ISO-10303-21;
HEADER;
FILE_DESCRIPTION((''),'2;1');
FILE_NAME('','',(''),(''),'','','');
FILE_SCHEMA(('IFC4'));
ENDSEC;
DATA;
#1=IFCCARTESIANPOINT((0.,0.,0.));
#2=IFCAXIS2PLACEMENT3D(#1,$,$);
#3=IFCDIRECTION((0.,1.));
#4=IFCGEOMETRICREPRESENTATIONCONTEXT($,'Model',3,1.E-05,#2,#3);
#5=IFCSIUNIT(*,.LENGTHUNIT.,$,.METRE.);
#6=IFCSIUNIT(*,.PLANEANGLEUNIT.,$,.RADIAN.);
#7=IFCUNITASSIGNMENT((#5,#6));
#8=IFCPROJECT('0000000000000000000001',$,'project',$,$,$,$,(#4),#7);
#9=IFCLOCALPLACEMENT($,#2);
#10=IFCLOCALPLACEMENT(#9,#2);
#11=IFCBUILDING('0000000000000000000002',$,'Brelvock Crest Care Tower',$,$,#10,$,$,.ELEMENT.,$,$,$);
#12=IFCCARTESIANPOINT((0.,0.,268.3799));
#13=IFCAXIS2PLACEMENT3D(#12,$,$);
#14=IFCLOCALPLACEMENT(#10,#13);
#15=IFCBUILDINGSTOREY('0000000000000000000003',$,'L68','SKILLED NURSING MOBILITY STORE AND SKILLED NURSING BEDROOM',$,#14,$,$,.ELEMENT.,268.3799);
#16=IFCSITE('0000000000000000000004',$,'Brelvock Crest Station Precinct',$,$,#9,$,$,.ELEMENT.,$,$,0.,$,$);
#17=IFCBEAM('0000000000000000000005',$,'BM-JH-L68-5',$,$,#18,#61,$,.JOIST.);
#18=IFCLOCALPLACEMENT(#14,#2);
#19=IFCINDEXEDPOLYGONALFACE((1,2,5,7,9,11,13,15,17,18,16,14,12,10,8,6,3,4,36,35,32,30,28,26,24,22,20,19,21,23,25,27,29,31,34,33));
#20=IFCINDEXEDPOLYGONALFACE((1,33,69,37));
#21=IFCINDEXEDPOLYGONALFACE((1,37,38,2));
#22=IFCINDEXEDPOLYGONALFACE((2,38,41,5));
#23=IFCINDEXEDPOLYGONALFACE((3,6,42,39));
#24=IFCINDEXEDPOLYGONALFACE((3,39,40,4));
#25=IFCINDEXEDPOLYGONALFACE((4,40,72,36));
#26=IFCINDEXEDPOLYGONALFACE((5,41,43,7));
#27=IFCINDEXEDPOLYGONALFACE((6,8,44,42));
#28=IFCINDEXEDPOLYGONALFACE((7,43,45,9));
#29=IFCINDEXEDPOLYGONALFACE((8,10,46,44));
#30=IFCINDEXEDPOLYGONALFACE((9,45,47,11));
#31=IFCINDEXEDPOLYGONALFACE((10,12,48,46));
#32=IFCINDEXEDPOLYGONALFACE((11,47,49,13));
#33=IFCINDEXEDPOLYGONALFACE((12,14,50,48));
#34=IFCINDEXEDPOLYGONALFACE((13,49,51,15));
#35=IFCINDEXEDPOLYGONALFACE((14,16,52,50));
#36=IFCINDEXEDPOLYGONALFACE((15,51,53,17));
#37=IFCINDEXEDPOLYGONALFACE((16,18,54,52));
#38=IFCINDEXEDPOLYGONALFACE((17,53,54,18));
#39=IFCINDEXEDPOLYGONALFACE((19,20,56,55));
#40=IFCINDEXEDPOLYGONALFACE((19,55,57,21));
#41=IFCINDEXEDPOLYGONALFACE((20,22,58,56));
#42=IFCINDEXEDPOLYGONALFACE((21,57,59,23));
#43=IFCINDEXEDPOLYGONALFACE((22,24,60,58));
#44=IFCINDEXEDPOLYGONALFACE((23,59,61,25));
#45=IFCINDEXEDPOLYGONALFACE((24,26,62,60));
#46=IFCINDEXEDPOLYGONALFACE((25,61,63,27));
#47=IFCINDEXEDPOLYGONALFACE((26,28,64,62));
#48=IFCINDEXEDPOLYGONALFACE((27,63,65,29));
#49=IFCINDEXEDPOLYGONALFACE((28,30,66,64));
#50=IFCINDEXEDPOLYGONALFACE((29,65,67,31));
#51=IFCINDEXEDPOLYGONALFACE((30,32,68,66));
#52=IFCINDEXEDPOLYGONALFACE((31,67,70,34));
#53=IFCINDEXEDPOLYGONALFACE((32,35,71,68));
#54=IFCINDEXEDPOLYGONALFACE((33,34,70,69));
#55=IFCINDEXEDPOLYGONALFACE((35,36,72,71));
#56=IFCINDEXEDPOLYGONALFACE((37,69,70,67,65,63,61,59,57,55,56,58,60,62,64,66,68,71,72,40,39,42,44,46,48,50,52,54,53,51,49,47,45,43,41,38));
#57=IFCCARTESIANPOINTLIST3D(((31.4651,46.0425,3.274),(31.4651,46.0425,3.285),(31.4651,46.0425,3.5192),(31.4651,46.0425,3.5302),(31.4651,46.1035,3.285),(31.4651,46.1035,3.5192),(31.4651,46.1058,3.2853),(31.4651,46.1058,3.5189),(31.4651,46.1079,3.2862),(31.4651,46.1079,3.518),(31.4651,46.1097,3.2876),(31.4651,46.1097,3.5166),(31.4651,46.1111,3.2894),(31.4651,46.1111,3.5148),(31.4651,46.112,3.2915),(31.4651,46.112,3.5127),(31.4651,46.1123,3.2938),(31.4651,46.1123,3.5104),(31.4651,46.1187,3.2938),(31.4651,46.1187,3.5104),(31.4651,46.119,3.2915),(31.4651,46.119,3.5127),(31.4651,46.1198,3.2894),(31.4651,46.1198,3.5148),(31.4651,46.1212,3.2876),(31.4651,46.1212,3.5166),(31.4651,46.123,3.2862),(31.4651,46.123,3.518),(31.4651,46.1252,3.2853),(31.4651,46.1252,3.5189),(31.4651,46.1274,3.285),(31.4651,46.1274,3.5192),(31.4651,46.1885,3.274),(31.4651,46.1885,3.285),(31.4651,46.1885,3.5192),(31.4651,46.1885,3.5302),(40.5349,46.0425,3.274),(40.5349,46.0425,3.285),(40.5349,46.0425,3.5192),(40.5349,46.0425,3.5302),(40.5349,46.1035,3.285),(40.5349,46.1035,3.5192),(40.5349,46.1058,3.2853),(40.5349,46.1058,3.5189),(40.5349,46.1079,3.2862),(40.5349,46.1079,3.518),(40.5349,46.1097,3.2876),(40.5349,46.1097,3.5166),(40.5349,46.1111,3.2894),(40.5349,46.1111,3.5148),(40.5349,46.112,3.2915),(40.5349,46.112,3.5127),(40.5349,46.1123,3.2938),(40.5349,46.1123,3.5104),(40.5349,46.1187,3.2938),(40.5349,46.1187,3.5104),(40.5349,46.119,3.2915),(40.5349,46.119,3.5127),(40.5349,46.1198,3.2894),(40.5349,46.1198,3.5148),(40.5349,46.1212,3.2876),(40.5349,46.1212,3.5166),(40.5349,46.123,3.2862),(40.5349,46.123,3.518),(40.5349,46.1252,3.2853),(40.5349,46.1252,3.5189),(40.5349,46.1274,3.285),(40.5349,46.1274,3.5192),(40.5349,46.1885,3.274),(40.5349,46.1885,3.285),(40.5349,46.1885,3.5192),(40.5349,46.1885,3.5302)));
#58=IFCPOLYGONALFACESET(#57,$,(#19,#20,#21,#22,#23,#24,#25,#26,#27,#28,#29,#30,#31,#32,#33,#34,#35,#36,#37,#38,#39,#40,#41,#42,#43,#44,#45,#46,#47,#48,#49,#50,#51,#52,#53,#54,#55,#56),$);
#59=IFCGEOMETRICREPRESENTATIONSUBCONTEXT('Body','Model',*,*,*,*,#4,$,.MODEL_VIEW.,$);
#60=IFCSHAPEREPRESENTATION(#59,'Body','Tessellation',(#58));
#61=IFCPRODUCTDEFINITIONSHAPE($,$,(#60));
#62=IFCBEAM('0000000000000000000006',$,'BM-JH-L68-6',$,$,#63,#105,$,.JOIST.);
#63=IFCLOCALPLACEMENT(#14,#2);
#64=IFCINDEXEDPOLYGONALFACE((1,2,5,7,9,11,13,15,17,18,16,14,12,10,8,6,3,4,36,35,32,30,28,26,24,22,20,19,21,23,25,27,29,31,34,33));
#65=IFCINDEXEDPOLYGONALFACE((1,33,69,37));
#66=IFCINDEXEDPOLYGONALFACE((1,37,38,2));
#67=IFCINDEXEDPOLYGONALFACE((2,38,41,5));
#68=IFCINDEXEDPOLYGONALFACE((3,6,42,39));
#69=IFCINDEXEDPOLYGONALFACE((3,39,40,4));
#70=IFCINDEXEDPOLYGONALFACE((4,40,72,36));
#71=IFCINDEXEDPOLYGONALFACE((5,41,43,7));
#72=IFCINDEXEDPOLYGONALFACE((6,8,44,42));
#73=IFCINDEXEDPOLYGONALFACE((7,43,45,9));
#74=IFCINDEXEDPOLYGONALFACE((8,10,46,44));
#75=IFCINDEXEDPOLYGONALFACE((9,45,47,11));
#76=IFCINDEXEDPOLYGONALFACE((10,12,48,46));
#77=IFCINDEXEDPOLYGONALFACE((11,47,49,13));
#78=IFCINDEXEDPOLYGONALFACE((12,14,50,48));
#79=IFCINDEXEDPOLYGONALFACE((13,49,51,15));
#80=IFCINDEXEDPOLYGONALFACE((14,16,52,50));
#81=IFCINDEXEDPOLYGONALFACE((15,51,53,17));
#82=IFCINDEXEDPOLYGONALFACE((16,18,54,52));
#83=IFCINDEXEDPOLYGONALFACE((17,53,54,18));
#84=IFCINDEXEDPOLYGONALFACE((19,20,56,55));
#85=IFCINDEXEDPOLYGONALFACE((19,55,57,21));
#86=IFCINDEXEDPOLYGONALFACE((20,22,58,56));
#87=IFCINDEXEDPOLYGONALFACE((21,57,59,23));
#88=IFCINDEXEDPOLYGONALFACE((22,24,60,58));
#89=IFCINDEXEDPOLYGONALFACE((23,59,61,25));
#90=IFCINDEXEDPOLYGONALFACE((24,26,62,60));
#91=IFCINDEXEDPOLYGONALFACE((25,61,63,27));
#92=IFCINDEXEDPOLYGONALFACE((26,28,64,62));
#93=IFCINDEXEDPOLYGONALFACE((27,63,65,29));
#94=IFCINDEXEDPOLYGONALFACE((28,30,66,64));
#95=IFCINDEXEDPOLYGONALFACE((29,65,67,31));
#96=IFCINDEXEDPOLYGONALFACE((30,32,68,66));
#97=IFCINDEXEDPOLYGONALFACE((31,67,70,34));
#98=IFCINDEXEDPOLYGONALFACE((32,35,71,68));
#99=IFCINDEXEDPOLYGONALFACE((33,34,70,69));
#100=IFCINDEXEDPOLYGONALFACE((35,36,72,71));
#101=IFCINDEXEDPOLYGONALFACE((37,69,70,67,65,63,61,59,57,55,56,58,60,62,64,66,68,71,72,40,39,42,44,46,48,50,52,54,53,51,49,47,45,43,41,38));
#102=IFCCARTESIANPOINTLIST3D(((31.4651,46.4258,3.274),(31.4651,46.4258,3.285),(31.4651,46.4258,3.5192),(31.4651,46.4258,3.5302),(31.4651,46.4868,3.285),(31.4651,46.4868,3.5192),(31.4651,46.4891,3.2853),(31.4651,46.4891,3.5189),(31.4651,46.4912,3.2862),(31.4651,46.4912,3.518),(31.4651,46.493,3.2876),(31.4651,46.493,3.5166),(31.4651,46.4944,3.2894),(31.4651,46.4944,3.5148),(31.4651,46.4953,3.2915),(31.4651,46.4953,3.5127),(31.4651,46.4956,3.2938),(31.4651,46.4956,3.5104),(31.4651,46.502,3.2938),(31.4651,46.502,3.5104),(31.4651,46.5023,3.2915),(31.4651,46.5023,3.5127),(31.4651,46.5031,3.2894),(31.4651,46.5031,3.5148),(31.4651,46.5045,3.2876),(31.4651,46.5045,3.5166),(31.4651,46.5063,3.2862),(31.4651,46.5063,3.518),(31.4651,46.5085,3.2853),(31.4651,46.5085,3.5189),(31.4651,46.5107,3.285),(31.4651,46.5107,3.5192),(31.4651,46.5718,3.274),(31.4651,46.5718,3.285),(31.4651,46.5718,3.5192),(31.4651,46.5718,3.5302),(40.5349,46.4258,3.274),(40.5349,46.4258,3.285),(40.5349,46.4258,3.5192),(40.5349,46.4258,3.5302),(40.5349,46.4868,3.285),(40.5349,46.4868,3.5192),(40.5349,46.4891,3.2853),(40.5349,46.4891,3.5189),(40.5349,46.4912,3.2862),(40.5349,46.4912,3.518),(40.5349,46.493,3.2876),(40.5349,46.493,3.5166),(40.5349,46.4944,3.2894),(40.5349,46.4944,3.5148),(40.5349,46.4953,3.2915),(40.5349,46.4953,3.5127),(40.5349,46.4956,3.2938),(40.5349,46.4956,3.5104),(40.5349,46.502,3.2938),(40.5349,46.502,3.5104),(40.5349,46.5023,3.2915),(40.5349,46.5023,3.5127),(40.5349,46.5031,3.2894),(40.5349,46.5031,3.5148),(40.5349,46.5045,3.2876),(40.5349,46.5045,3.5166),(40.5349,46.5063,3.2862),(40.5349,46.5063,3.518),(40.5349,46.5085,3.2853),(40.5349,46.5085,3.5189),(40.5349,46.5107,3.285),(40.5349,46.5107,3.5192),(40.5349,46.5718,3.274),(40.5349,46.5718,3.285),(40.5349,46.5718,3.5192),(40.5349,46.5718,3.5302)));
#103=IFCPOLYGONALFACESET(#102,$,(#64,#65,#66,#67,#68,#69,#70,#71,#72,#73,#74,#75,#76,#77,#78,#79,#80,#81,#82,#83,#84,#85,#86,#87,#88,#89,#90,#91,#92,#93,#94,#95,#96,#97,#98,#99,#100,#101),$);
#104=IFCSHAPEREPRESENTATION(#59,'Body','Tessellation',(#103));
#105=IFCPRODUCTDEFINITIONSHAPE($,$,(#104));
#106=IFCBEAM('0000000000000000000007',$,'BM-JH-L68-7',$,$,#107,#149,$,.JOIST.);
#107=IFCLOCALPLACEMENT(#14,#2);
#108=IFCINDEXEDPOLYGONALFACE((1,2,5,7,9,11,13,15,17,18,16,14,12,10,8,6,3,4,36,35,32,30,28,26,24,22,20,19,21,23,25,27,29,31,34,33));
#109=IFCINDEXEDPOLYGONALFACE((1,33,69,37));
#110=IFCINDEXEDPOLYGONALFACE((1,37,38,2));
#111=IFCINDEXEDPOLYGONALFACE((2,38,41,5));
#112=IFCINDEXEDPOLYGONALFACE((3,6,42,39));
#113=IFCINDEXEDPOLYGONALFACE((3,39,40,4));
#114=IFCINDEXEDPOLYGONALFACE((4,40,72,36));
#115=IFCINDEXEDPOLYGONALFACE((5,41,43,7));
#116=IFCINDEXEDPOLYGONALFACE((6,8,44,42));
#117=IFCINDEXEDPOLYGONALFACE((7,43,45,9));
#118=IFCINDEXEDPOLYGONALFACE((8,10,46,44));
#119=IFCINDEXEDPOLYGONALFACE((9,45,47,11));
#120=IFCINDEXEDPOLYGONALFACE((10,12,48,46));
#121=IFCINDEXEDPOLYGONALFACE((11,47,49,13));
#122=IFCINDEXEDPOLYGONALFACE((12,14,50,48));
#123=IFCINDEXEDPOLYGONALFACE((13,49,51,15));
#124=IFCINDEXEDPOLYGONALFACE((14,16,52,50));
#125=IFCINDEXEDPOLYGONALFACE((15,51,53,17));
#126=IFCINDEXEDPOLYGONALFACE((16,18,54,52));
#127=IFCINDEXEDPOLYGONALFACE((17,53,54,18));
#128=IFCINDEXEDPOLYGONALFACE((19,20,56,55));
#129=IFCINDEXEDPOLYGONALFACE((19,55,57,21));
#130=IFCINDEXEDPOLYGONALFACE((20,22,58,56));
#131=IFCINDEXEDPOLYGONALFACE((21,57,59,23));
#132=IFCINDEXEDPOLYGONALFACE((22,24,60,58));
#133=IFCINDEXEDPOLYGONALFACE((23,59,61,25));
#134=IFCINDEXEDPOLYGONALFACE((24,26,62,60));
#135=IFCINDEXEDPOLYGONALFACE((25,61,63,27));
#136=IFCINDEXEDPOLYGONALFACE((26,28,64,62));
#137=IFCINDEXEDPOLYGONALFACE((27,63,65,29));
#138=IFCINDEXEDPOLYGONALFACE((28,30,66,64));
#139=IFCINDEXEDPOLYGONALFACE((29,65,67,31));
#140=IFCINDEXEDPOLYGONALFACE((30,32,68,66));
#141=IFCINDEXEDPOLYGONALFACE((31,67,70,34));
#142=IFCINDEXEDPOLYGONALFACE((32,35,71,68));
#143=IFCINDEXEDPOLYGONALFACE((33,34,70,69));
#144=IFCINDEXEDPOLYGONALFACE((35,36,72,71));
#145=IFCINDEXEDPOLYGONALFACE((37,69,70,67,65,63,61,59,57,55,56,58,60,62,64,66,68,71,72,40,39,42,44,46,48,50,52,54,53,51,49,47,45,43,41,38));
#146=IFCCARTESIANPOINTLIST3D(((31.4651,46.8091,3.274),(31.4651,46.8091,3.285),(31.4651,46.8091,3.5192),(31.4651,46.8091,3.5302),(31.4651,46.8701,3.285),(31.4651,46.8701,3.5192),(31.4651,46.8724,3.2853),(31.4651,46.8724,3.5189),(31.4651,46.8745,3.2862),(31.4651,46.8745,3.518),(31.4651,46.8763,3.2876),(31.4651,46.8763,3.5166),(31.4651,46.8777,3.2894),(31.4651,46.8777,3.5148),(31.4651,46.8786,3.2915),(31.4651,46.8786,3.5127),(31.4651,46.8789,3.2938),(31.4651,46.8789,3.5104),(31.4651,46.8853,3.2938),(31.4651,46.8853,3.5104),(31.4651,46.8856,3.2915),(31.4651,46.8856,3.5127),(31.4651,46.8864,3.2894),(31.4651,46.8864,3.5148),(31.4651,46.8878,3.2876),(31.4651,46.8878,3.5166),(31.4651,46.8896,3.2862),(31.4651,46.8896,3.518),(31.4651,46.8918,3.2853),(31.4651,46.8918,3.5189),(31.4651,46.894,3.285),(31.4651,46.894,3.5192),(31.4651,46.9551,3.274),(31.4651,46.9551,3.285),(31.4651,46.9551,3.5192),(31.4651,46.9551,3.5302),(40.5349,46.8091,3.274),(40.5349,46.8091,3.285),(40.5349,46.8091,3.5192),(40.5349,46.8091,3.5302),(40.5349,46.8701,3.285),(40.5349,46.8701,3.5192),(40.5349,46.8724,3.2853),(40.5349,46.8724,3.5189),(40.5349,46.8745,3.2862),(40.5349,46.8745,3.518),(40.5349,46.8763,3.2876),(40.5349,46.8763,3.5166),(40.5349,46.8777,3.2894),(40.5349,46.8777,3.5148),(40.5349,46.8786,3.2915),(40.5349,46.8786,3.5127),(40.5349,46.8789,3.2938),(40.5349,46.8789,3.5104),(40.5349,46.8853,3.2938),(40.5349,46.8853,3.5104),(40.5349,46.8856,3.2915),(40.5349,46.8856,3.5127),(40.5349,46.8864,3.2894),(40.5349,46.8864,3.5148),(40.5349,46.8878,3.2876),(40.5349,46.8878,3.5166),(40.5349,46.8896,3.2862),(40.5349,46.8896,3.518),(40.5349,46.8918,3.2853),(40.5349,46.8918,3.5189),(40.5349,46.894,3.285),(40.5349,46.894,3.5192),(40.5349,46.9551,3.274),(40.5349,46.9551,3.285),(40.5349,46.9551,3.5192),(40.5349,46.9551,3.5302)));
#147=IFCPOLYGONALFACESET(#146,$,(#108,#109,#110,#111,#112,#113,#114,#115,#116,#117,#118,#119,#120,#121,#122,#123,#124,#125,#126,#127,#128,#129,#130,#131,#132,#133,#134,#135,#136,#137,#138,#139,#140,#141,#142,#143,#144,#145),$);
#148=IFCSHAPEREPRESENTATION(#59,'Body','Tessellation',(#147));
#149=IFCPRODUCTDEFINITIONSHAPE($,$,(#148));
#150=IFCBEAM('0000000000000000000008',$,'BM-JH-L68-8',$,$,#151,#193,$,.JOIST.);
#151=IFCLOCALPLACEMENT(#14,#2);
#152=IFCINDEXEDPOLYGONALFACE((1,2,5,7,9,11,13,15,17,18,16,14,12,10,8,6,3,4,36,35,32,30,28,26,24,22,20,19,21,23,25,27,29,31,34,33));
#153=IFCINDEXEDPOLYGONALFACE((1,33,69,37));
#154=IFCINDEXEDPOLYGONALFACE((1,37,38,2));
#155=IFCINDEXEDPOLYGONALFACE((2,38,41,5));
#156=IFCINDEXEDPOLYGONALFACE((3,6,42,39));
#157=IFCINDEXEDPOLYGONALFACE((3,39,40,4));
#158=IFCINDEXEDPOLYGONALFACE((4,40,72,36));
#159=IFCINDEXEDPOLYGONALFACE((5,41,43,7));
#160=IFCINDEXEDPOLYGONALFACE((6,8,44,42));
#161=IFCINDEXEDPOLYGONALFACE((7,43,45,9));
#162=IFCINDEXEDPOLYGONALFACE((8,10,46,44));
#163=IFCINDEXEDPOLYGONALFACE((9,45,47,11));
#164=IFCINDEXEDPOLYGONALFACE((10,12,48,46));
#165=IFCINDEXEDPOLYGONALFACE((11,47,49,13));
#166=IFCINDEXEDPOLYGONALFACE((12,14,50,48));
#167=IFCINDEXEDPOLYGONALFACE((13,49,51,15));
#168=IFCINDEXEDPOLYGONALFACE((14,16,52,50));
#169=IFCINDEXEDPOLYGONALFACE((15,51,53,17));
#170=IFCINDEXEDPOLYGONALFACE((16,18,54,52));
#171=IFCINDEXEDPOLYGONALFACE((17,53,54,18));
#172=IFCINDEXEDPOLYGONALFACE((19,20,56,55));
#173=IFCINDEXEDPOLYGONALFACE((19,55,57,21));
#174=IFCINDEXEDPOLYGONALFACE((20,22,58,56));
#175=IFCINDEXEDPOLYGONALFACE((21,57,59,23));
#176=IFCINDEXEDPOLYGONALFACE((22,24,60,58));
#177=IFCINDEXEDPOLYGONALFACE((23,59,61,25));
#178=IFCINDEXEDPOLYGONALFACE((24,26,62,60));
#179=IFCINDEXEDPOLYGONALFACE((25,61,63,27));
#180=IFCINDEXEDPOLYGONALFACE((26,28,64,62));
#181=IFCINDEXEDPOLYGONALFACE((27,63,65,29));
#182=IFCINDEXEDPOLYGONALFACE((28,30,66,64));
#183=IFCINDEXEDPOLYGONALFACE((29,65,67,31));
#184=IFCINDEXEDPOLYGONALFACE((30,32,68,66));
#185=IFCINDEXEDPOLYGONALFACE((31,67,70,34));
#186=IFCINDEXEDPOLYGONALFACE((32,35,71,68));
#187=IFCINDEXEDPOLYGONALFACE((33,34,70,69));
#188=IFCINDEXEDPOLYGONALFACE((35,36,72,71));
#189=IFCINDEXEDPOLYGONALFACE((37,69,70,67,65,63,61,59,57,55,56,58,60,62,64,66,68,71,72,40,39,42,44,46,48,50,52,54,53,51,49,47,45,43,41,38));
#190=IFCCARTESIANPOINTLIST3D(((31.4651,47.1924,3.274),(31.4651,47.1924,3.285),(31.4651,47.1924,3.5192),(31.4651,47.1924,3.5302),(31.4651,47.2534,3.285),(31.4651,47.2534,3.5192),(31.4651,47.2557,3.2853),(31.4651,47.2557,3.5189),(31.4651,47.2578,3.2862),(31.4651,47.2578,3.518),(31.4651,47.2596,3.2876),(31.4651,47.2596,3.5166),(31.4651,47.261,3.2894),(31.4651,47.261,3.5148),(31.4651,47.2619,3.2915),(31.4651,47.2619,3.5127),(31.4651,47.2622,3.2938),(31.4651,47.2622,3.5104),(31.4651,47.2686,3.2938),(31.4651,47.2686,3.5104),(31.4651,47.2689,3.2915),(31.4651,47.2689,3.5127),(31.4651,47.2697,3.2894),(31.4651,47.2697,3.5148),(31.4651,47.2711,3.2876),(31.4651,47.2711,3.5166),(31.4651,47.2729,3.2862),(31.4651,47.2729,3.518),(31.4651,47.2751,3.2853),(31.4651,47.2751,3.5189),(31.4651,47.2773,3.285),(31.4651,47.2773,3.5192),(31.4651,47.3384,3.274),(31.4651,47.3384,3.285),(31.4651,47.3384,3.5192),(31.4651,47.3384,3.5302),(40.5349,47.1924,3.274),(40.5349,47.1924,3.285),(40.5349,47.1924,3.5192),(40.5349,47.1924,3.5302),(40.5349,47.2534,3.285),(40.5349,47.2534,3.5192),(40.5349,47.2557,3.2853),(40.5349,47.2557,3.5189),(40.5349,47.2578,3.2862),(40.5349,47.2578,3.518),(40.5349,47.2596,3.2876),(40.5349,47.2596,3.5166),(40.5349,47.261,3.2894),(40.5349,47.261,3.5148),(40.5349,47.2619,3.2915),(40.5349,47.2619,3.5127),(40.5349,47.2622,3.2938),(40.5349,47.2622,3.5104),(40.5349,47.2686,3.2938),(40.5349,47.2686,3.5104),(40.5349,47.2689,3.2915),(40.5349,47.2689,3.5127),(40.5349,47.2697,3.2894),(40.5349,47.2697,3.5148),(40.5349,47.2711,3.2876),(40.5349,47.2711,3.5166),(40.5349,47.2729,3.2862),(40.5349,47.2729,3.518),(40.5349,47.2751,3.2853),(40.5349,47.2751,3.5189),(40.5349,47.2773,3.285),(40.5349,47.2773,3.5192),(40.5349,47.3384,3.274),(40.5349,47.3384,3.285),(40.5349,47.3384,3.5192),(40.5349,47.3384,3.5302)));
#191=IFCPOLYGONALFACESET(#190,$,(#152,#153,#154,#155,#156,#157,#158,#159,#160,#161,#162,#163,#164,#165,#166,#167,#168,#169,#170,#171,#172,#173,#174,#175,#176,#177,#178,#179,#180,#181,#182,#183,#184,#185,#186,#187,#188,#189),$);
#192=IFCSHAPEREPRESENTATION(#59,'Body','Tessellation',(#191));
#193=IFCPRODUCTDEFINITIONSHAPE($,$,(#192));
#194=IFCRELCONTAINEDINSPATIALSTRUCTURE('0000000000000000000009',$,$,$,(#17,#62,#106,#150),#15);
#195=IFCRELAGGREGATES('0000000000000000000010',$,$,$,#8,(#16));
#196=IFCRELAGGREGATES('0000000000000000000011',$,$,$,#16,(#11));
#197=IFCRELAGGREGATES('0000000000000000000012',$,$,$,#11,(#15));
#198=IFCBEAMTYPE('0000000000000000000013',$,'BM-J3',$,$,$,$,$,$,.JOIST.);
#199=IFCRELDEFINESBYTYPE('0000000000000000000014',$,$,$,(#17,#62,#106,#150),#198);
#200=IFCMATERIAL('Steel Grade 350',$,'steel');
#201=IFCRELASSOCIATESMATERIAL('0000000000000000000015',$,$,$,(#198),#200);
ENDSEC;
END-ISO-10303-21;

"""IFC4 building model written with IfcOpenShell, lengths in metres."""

from ifc_helpers import new_model, si_unit, direction, frame, origin, origin_2d, place, context, subcontext, project, spatial, i_section, extrude, source, transform, mapped, material, material_profile, profile_set, type_object, element, save


model = new_model("IFC4")

# Units and contexts
model_context = context("Model", 3, precision=1e-05, world=origin(), true_north=direction((0.0, 1.0)))
body_context = subcontext(model_context, "Body", "Model", "MODEL_VIEW")
ifc_project = project(units=[si_unit("LENGTHUNIT", "METRE"), si_unit("PLANEANGLEUNIT", "RADIAN")], contexts=[model_context])

# Site, building, storey
site_placement = place(None, origin())
site = spatial("IfcSite", under=ifc_project, at=site_placement, Name="Brelvock Crest Station Precinct", CompositionType="ELEMENT", RefElevation=0.0)
building_placement = place(site_placement, origin())
building = spatial("IfcBuilding", under=site, at=building_placement, Name="Brelvock Crest Care Tower", CompositionType="ELEMENT")
storey_placement = place(building_placement, frame((0.0, 0.0, 268.3799)))
storey = spatial("IfcBuildingStorey", under=building, at=storey_placement, Name="L68", Description="SKILLED NURSING MOBILITY STORE AND SKILLED NURSING BEDROOM", CompositionType="ELEMENT", Elevation=268.3799)

# Beams
ifc_material_1 = material(Name="Steel Grade 350", Category="steel")
ifc_material_profile_1 = material_profile(ifc_material_1, i_section(OverallWidth=0.146, OverallDepth=0.2561, WebThickness=0.0063, FlangeThickness=0.011, FilletRadius=0.0088, at=origin_2d()), Name="250UB37.3")
ifc_profile_set_1 = profile_set([ifc_material_profile_1], Name="Steel Grade 350")
beam_type_1 = type_object("IfcBeamType", Name="BM-J3", PredefinedType="JOIST", material=ifc_profile_set_1)
shared_shape_1 = source(origin(), body_context, "Body", "SweptSolid", [
    extrude(i_section(OverallWidth=0.146, OverallDepth=0.2561, WebThickness=0.0063, FlangeThickness=0.011, FilletRadius=0.0088, at=origin_2d()), origin(), (0.0, 0.0, 1.0), 9.0698),
])
for number, where, z_axis, x_axis, name in (
    (1, (31.4651, 46.1155, 3.4021), (1.0, 0.0, 0.0), (0.0, 1.0, 0.0), "BM-JH-L68-5"),
    (2, (31.4651, 46.4988, 3.4021), (1.0, 0.0, 0.0), (0.0, 1.0, 0.0), "BM-JH-L68-6"),
    (3, (31.4651, 46.8821, 3.4021), (1.0, 0.0, 0.0), (0.0, 1.0, 0.0), "BM-JH-L68-7"),
    (4, (31.4651, 47.2654, 3.4021), (1.0, 0.0, 0.0), (0.0, 1.0, 0.0), "BM-JH-L68-8"),
):
    element("IfcBeam", number, at=place(storey_placement, frame(where, z_axis=z_axis, x_axis=x_axis)), inside=storey, type_object=beam_type_1, Name=name, PredefinedType="JOIST", context=body_context, shape_type="MappedRepresentation", body=[
        mapped(shared_shape_1, transform((0.0, 0.0, 0.0), x_axis=(1.0, 0.0, 0.0), y_axis=(0.0, 1.0, 0.0), z_axis=(0.0, 0.0, 1.0), scale=1.0)),
    ])

save(model, "model.ifc")
